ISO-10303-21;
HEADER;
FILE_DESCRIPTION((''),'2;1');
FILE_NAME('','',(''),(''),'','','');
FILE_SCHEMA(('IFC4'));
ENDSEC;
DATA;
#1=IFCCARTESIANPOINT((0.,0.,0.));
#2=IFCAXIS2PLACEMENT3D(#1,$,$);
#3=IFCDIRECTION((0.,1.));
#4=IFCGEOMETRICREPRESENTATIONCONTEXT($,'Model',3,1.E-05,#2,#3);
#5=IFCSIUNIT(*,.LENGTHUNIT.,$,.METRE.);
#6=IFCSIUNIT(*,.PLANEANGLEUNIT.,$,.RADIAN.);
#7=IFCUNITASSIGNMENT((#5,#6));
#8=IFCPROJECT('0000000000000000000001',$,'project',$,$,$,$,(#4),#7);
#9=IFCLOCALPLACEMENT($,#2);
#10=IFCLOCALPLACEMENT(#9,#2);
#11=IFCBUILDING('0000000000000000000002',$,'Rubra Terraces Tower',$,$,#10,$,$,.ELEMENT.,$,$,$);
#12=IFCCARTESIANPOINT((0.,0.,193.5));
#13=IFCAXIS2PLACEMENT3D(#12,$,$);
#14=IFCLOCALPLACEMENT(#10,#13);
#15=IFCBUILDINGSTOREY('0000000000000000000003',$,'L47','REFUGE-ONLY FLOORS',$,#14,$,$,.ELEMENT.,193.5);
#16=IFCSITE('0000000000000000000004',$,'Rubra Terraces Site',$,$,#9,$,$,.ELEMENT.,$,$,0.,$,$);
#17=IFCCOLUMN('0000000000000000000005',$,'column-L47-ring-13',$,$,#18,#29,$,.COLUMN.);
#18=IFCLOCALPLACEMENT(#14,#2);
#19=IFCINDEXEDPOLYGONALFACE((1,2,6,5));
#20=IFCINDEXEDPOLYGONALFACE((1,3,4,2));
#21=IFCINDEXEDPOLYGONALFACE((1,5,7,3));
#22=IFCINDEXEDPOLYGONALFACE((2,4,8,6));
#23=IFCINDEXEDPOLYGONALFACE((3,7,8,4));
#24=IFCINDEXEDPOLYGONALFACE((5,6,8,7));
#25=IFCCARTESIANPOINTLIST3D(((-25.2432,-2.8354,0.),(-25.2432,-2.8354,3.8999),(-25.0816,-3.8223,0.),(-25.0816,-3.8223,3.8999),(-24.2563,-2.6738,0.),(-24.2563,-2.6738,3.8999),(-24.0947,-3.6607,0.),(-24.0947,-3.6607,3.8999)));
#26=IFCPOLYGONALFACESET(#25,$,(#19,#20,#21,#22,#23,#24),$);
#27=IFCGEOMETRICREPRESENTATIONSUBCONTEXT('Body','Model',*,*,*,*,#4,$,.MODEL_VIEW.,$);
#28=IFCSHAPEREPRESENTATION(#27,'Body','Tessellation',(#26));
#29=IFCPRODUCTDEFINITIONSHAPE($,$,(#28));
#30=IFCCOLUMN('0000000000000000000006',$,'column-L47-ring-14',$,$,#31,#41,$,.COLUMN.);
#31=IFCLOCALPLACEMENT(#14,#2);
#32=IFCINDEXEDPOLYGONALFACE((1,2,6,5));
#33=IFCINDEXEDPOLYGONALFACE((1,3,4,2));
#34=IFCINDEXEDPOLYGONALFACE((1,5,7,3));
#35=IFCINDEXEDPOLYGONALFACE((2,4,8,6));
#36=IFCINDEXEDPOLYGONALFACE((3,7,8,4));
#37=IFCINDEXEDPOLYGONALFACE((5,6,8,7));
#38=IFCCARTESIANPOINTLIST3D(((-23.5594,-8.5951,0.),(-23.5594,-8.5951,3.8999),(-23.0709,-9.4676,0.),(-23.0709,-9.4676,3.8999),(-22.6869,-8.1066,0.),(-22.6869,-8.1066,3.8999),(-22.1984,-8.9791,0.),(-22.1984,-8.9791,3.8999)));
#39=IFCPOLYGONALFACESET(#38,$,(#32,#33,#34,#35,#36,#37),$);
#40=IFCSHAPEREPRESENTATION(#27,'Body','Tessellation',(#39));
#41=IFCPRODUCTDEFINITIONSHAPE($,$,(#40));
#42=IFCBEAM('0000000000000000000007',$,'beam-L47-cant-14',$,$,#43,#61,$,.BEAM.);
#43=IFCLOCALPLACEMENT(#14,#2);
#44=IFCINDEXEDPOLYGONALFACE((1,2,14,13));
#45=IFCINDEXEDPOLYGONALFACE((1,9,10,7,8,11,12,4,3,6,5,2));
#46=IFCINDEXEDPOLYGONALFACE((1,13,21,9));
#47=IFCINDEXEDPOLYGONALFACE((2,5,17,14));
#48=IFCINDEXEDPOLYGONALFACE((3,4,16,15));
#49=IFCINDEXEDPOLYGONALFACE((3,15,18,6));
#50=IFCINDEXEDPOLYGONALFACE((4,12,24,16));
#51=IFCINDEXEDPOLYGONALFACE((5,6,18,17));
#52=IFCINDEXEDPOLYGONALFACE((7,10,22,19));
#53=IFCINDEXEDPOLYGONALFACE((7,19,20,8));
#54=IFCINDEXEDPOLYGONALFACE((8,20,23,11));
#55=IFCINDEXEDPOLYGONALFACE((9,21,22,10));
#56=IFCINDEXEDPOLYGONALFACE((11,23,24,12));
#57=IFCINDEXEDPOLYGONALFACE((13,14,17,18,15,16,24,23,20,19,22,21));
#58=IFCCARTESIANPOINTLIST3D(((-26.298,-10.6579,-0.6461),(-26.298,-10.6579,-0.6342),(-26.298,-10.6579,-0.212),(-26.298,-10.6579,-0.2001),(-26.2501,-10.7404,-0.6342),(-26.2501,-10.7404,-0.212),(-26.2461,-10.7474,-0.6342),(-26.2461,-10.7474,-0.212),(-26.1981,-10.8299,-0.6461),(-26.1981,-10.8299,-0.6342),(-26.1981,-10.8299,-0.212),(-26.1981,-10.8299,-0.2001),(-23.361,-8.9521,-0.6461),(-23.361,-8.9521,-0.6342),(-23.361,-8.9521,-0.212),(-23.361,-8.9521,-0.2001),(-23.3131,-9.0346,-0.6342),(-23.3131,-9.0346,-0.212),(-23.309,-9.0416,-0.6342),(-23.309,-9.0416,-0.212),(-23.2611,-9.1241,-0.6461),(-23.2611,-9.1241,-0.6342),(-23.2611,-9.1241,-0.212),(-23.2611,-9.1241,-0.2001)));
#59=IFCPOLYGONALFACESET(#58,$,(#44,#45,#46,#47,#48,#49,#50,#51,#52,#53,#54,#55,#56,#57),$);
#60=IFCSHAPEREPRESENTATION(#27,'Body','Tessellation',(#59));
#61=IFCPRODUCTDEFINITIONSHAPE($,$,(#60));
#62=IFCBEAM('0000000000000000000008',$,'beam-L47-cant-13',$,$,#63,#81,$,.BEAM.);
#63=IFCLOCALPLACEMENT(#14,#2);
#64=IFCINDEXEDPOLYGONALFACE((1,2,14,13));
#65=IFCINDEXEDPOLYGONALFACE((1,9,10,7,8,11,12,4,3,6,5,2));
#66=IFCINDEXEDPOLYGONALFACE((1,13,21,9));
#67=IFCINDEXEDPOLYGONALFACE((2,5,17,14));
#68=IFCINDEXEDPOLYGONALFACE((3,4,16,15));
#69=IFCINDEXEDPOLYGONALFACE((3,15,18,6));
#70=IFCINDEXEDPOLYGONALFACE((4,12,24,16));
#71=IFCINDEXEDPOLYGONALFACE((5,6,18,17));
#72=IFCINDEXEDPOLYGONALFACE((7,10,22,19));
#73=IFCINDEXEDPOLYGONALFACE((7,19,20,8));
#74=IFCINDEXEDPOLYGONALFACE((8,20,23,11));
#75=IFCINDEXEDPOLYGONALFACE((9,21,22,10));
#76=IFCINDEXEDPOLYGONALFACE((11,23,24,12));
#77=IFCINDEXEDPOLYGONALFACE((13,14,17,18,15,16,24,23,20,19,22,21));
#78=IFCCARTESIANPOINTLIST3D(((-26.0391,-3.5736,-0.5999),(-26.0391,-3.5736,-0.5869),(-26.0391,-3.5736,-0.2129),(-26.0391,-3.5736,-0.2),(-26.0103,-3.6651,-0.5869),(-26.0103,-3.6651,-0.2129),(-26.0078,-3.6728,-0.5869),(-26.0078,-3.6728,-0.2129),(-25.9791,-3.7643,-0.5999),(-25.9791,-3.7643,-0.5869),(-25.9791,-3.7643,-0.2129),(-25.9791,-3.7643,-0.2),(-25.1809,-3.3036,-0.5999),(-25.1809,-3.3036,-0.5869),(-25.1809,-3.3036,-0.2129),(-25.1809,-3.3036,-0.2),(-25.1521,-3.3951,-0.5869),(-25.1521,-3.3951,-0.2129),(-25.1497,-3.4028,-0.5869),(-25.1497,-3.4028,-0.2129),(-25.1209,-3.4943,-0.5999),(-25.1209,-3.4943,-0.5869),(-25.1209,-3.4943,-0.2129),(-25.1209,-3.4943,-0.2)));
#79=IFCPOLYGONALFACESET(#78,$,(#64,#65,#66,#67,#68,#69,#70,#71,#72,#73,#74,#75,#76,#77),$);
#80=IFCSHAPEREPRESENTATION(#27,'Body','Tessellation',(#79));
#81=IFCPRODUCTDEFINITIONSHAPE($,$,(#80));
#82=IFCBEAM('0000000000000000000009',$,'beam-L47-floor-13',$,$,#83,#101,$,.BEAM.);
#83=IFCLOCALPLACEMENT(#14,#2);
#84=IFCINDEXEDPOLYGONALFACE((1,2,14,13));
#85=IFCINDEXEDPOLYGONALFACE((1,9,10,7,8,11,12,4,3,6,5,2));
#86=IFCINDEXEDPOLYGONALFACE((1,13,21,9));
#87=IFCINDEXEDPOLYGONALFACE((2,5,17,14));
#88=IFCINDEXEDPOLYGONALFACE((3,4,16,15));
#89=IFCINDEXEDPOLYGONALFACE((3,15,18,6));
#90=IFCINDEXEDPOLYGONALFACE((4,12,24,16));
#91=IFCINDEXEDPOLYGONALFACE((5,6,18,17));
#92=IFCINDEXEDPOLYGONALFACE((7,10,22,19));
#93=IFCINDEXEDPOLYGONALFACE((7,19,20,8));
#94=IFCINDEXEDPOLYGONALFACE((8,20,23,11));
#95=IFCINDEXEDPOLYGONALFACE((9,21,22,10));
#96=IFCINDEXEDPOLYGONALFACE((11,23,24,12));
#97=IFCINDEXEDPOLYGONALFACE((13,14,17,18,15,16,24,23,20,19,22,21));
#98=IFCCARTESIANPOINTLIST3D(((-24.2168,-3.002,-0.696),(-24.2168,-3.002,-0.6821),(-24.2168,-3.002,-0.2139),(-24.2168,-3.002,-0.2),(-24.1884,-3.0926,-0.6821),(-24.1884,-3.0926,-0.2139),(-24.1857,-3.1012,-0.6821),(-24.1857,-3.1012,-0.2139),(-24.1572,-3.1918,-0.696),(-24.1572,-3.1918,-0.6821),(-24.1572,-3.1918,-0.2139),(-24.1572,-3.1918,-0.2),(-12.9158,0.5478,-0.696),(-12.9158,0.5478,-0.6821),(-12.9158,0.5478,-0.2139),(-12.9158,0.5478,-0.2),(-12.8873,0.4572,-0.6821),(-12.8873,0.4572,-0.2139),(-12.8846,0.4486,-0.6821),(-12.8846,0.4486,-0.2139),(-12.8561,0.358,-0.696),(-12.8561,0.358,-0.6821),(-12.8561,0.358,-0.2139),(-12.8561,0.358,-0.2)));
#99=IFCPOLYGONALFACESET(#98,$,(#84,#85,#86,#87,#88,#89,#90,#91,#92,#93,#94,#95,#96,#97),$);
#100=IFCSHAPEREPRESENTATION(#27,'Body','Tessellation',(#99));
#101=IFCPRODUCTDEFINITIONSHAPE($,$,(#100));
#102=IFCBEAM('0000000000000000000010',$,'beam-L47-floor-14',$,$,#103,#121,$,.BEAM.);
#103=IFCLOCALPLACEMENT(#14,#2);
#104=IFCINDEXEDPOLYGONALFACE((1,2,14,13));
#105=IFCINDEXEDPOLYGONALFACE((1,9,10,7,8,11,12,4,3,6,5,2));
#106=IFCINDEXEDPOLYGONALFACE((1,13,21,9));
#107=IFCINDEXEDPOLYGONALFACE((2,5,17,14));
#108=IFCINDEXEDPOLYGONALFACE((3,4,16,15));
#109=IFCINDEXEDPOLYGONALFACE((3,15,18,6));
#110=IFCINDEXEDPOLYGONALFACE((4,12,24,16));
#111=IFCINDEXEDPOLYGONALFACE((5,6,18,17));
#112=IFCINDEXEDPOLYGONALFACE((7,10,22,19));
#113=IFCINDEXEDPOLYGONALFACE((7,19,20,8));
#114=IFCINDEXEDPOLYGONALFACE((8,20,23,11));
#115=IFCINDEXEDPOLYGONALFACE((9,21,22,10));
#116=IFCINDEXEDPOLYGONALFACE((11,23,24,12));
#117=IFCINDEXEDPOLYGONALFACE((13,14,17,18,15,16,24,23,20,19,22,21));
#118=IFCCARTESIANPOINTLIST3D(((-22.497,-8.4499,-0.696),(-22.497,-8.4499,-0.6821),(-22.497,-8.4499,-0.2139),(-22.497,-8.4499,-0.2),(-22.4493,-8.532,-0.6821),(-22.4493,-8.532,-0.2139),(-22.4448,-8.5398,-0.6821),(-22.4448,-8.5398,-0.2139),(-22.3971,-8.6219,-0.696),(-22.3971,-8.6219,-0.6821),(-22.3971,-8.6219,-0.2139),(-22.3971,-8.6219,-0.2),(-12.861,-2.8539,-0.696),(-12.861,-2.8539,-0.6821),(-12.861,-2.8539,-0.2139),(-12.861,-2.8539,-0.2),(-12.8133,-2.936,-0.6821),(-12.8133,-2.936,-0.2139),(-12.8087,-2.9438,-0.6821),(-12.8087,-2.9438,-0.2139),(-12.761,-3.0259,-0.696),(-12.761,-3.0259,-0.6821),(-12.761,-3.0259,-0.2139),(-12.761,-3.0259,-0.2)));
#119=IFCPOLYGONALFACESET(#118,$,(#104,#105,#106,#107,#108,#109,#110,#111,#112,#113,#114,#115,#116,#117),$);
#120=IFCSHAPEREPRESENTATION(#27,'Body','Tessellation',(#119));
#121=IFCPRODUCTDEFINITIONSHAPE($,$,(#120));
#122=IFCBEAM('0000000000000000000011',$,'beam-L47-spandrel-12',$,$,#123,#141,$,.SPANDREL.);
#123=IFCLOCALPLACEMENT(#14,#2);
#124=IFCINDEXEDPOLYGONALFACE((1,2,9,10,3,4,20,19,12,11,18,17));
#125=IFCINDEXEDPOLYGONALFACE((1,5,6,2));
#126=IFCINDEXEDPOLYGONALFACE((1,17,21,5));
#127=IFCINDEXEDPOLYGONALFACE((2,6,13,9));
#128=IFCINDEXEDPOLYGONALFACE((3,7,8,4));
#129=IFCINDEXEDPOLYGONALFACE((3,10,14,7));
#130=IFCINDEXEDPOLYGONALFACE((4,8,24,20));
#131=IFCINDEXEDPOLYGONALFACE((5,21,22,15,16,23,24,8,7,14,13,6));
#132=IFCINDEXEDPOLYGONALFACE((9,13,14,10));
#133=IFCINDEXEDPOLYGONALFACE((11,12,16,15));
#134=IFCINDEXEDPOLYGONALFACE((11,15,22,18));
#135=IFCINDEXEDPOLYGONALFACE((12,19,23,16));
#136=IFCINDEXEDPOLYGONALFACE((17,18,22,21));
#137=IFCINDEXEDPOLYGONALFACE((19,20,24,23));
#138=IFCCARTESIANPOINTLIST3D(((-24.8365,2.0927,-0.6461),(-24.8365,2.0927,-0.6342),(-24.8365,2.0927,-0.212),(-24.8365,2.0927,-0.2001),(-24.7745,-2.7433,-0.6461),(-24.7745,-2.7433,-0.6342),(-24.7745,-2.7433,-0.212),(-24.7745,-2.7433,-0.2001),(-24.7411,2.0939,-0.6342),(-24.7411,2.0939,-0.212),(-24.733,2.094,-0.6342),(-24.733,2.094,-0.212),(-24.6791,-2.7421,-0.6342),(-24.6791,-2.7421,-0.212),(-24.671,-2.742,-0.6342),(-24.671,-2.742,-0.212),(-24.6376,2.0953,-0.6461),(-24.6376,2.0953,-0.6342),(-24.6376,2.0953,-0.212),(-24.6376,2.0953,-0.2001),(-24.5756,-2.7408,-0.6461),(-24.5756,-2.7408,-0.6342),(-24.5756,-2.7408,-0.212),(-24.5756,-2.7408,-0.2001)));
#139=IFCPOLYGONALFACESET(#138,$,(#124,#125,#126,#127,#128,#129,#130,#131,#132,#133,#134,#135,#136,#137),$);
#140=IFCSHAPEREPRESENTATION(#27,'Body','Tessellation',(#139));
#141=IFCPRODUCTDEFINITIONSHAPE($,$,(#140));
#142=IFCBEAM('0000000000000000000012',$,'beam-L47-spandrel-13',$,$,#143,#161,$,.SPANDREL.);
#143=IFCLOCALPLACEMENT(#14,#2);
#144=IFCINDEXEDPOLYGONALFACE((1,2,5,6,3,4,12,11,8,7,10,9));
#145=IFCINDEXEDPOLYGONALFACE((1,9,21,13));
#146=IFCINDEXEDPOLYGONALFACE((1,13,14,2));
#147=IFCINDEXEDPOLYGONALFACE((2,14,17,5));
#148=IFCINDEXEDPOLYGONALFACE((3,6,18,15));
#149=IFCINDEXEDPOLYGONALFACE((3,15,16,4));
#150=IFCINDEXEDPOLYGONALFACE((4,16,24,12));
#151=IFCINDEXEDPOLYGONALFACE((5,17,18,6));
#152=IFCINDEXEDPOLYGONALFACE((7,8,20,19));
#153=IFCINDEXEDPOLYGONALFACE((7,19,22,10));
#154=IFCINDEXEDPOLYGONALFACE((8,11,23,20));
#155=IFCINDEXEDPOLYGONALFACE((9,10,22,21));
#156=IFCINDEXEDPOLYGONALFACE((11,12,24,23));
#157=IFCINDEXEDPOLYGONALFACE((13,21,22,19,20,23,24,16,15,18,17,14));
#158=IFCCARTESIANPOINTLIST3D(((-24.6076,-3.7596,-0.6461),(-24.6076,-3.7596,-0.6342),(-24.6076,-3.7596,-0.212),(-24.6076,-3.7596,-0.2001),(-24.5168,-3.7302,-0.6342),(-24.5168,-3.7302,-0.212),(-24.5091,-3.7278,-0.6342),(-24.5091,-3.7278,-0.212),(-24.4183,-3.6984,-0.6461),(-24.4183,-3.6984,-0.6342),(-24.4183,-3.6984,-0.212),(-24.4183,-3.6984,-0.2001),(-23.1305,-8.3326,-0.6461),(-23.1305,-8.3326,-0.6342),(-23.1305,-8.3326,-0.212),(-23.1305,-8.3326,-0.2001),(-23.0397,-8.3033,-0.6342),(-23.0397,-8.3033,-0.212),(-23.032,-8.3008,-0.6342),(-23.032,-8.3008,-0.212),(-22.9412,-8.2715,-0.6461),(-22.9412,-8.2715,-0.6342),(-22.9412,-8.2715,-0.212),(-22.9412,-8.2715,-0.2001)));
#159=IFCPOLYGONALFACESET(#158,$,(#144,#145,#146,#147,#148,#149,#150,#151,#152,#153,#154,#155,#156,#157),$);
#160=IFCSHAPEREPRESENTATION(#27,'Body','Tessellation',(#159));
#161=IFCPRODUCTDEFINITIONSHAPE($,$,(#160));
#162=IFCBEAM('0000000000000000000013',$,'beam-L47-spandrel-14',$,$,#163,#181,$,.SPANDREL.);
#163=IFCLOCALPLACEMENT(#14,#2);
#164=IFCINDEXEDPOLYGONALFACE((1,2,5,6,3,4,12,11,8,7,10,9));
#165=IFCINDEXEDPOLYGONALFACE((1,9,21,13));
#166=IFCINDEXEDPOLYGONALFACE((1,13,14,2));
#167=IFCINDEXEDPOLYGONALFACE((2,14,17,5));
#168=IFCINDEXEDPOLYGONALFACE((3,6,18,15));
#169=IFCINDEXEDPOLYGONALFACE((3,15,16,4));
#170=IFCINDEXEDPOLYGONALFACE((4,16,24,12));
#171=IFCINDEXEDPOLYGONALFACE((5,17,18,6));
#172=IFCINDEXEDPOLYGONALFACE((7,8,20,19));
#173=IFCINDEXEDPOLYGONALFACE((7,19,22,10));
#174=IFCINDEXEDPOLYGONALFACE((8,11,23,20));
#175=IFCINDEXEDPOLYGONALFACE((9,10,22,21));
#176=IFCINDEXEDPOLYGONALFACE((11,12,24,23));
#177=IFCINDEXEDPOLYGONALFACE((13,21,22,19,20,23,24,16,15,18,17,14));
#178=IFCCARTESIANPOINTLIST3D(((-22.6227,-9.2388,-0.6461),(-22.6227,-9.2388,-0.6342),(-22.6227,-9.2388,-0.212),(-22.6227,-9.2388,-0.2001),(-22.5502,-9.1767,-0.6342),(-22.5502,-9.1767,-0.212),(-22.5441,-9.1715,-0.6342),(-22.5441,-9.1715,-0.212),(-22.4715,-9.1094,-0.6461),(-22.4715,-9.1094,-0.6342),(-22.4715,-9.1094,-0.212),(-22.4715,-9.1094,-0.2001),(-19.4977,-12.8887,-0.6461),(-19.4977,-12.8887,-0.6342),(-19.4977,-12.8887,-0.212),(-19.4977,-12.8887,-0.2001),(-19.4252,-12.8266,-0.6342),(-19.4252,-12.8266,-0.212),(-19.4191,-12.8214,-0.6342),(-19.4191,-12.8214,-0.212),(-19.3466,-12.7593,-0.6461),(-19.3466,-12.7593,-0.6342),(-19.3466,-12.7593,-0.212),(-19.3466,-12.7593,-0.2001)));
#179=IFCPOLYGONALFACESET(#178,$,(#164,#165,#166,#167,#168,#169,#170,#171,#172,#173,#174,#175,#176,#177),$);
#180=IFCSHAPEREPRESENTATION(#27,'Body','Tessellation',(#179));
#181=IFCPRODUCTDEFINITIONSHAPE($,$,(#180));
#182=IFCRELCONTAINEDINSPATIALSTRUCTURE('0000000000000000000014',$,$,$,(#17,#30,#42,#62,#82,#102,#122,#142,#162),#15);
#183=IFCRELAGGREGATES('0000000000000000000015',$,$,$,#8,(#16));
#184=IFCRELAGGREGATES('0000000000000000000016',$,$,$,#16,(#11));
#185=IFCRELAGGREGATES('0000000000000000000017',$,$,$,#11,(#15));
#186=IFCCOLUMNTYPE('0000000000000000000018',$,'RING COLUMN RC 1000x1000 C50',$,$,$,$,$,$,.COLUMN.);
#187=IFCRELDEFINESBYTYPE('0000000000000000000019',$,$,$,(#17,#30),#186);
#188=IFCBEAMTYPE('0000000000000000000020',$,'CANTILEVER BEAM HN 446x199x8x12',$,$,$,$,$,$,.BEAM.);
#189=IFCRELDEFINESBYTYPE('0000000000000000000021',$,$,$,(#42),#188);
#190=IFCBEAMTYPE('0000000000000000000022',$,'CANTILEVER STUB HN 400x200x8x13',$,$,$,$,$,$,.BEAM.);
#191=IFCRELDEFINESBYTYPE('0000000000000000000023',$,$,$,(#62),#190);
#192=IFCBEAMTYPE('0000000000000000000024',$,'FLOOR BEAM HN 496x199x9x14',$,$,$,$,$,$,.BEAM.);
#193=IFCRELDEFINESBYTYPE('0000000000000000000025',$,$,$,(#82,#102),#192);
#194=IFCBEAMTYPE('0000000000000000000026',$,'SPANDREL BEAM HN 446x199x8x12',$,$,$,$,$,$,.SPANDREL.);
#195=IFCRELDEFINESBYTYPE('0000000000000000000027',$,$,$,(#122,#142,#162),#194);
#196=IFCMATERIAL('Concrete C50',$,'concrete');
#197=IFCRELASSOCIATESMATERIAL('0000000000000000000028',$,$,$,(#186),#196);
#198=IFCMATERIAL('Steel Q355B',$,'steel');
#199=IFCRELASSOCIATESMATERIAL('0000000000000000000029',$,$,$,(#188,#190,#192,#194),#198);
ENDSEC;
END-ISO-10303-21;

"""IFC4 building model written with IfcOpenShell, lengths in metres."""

from ifc_helpers import new_model, si_unit, direction, frame, origin, origin_2d, place, context, subcontext, project, spatial, rectangle, i_section, extrude, material, material_profile, profile_set, type_object, element, save


model = new_model("IFC4")

# Units and contexts
model_context = context("Model", 3, precision=1e-05, world=origin(), true_north=direction((0.0, 1.0)))
body_context = subcontext(model_context, "Body", "Model", "MODEL_VIEW")
ifc_project = project(units=[si_unit("LENGTHUNIT", "METRE"), si_unit("PLANEANGLEUNIT", "RADIAN")], contexts=[model_context])

# Site, building, storey
site_placement = place(None, origin())
site = spatial("IfcSite", under=ifc_project, at=site_placement, Name="Rubra Terraces Site", CompositionType="ELEMENT", RefElevation=0.0)
building_placement = place(site_placement, origin())
building = spatial("IfcBuilding", under=site, at=building_placement, Name="Rubra Terraces Tower", CompositionType="ELEMENT")
storey_placement = place(building_placement, frame((0.0, 0.0, 193.5)))
storey = spatial("IfcBuildingStorey", under=building, at=storey_placement, Name="L47", Description="REFUGE-ONLY FLOORS", CompositionType="ELEMENT", Elevation=193.5)

# Columns
ifc_material_1 = material(Name="Concrete C50", Category="concrete")
ifc_material_profile_1 = material_profile(ifc_material_1, rectangle(XDim=1.0, YDim=1.0, at=origin_2d()), Name="RC 1000x1000")
ifc_profile_set_1 = profile_set([ifc_material_profile_1], Name="Concrete C50")
column_type = type_object("IfcColumnType", Name="RING COLUMN RC 1000x1000 C50", PredefinedType="COLUMN", material=ifc_profile_set_1)
for number, where, z_axis, x_axis, name in (
    (1, (-24.6689, -3.248, 0.0), (0.0, 0.0, 1.0), (0.161559, -0.986863, 0.0), "column-L47-ring-13"),
    (2, (-22.8789, -8.7871, 0.0), (0.0, 0.0, 1.0), (0.488526, -0.872549, 0.0), "column-L47-ring-14"),
):
    element("IfcColumn", number, at=place(storey_placement, frame(where, z_axis=z_axis, x_axis=x_axis)), inside=storey, type_object=column_type, Name=name, PredefinedType="COLUMN", context=body_context, shape_type="SweptSolid", body=[
        extrude(rectangle(XDim=1.0, YDim=1.0, at=origin_2d()), origin(), (0.0, 0.0, 1.0), 3.8999),
    ])

# Beams
ifc_material_2 = material(Name="Steel Q355B", Category="steel")
ifc_material_profile_2 = material_profile(ifc_material_2, i_section(OverallWidth=0.199, OverallDepth=0.446, WebThickness=0.0081, FlangeThickness=0.012, at=origin_2d()), Name="HN 446x199x8x12")
ifc_profile_set_2 = profile_set([ifc_material_profile_2], Name="Steel Q355B")
beam_type_1 = type_object("IfcBeamType", Name="CANTILEVER BEAM HN 446x199x8x12", PredefinedType="BEAM", material=ifc_profile_set_2)
beam_1_placement = place(storey_placement, frame((-23.311, -9.0381, -0.4231), z_axis=(-0.864732, -0.502234, 0.0), x_axis=(0.502234, -0.864732, 0.0)))
element("IfcBeam", 3, at=beam_1_placement, inside=storey, type_object=beam_type_1, Name="beam-L47-cant-14", PredefinedType="BEAM", context=body_context, shape_type="SweptSolid", body=[
    extrude(i_section(OverallWidth=0.199, OverallDepth=0.446, WebThickness=0.0081, FlangeThickness=0.012, at=origin_2d()), origin(), (0.0, 0.0, 1.0), 3.3965),
])
ifc_material_profile_3 = material_profile(ifc_material_2, i_section(OverallWidth=0.2, OverallDepth=0.3999, WebThickness=0.0081, FlangeThickness=0.0129, at=origin_2d()), Name="HN 400x200x8x13")
ifc_profile_set_3 = profile_set([ifc_material_profile_3], Name="Steel Q355B")
beam_type_2 = type_object("IfcBeamType", Name="CANTILEVER STUB HN 400x200x8x13", PredefinedType="BEAM", material=ifc_profile_set_3)
beam_2_placement = place(storey_placement, frame((-25.1509, -3.3989, -0.3999), z_axis=(-0.953894, -0.300144, 0.0), x_axis=(0.300144, -0.953894, 0.0)))
element("IfcBeam", 4, at=beam_2_placement, inside=storey, type_object=beam_type_2, Name="beam-L47-cant-13", PredefinedType="BEAM", context=body_context, shape_type="SweptSolid", body=[
    extrude(i_section(OverallWidth=0.2, OverallDepth=0.3999, WebThickness=0.0081, FlangeThickness=0.0129, at=origin_2d()), origin(), (0.0, 0.0, 1.0), 0.8997),
])
ifc_material_profile_4 = material_profile(ifc_material_2, i_section(OverallWidth=0.199, OverallDepth=0.4961, WebThickness=0.009, FlangeThickness=0.0139, at=origin_2d()), Name="HN 496x199x9x14")
ifc_profile_set_4 = profile_set([ifc_material_profile_4], Name="Steel Q355B")
beam_type_3 = type_object("IfcBeamType", Name="FLOOR BEAM HN 496x199x9x14", PredefinedType="BEAM", material=ifc_profile_set_4)
beam_3_placement = place(storey_placement, frame((-24.187, -3.0969, -0.448), z_axis=(0.954041, 0.299677, 0.0), x_axis=(-0.299677, 0.954041, 0.0)))
element("IfcBeam", 5, at=beam_3_placement, inside=storey, type_object=beam_type_3, Name="beam-L47-floor-13", PredefinedType="BEAM", context=body_context, shape_type="SweptSolid", body=[
    extrude(i_section(OverallWidth=0.199, OverallDepth=0.4961, WebThickness=0.009, FlangeThickness=0.0139, at=origin_2d()), origin(), (0.0, 0.0, 1.0), 11.8455),
])
beam_4_placement = place(storey_placement, frame((-22.447, -8.5359, -0.448), z_axis=(0.864755, 0.502193, 0.0), x_axis=(-0.502193, 0.864755, 0.0)))
element("IfcBeam", 6, at=beam_4_placement, inside=storey, type_object=beam_type_3, Name="beam-L47-floor-14", PredefinedType="BEAM", context=body_context, shape_type="SweptSolid", body=[
    extrude(i_section(OverallWidth=0.199, OverallDepth=0.4961, WebThickness=0.009, FlangeThickness=0.0139, at=origin_2d()), origin(), (0.0, 0.0, 1.0), 11.1431),
])
ifc_material_profile_5 = material_profile(ifc_material_2, i_section(OverallWidth=0.199, OverallDepth=0.446, WebThickness=0.0081, FlangeThickness=0.012, at=origin_2d()), Name="HN 446x199x8x12")
ifc_profile_set_5 = profile_set([ifc_material_profile_5], Name="Steel Q355B")
beam_type_4 = type_object("IfcBeamType", Name="SPANDREL BEAM HN 446x199x8x12", PredefinedType="SPANDREL", material=ifc_profile_set_5)
beam_5_placement = place(storey_placement, frame((-24.7371, 2.094, -0.4231), z_axis=(0.012822, -0.999918, 0.0), x_axis=(0.999918, 0.012822, 0.0)))
element("IfcBeam", 7, at=beam_5_placement, inside=storey, type_object=beam_type_4, Name="beam-L47-spandrel-12", PredefinedType="SPANDREL", context=body_context, shape_type="SweptSolid", body=[
    extrude(i_section(OverallWidth=0.199, OverallDepth=0.446, WebThickness=0.0081, FlangeThickness=0.012, at=origin_2d()), origin(), (0.0, 0.0, 1.0), 4.8364),
])
beam_6_placement = place(storey_placement, frame((-24.5129, -3.729, -0.4231), z_axis=(0.307359, -0.951594, 0.0), x_axis=(0.951594, 0.307359, 0.0)))
element("IfcBeam", 8, at=beam_6_placement, inside=storey, type_object=beam_type_4, Name="beam-L47-spandrel-13", PredefinedType="SPANDREL", context=body_context, shape_type="SweptSolid", body=[
    extrude(i_section(OverallWidth=0.199, OverallDepth=0.446, WebThickness=0.0081, FlangeThickness=0.012, at=origin_2d()), origin(), (0.0, 0.0, 1.0), 4.8057),
])
beam_7_placement = place(storey_placement, frame((-22.5471, -9.1741, -0.4231), z_axis=(0.650373, -0.759615, 0.0), x_axis=(0.759615, 0.650373, 0.0)))
element("IfcBeam", 9, at=beam_7_placement, inside=storey, type_object=beam_type_4, Name="beam-L47-spandrel-14", PredefinedType="SPANDREL", context=body_context, shape_type="SweptSolid", body=[
    extrude(i_section(OverallWidth=0.199, OverallDepth=0.446, WebThickness=0.0081, FlangeThickness=0.012, at=origin_2d()), origin(), (0.0, 0.0, 1.0), 4.8049),
])

save(model, "model.ifc")
